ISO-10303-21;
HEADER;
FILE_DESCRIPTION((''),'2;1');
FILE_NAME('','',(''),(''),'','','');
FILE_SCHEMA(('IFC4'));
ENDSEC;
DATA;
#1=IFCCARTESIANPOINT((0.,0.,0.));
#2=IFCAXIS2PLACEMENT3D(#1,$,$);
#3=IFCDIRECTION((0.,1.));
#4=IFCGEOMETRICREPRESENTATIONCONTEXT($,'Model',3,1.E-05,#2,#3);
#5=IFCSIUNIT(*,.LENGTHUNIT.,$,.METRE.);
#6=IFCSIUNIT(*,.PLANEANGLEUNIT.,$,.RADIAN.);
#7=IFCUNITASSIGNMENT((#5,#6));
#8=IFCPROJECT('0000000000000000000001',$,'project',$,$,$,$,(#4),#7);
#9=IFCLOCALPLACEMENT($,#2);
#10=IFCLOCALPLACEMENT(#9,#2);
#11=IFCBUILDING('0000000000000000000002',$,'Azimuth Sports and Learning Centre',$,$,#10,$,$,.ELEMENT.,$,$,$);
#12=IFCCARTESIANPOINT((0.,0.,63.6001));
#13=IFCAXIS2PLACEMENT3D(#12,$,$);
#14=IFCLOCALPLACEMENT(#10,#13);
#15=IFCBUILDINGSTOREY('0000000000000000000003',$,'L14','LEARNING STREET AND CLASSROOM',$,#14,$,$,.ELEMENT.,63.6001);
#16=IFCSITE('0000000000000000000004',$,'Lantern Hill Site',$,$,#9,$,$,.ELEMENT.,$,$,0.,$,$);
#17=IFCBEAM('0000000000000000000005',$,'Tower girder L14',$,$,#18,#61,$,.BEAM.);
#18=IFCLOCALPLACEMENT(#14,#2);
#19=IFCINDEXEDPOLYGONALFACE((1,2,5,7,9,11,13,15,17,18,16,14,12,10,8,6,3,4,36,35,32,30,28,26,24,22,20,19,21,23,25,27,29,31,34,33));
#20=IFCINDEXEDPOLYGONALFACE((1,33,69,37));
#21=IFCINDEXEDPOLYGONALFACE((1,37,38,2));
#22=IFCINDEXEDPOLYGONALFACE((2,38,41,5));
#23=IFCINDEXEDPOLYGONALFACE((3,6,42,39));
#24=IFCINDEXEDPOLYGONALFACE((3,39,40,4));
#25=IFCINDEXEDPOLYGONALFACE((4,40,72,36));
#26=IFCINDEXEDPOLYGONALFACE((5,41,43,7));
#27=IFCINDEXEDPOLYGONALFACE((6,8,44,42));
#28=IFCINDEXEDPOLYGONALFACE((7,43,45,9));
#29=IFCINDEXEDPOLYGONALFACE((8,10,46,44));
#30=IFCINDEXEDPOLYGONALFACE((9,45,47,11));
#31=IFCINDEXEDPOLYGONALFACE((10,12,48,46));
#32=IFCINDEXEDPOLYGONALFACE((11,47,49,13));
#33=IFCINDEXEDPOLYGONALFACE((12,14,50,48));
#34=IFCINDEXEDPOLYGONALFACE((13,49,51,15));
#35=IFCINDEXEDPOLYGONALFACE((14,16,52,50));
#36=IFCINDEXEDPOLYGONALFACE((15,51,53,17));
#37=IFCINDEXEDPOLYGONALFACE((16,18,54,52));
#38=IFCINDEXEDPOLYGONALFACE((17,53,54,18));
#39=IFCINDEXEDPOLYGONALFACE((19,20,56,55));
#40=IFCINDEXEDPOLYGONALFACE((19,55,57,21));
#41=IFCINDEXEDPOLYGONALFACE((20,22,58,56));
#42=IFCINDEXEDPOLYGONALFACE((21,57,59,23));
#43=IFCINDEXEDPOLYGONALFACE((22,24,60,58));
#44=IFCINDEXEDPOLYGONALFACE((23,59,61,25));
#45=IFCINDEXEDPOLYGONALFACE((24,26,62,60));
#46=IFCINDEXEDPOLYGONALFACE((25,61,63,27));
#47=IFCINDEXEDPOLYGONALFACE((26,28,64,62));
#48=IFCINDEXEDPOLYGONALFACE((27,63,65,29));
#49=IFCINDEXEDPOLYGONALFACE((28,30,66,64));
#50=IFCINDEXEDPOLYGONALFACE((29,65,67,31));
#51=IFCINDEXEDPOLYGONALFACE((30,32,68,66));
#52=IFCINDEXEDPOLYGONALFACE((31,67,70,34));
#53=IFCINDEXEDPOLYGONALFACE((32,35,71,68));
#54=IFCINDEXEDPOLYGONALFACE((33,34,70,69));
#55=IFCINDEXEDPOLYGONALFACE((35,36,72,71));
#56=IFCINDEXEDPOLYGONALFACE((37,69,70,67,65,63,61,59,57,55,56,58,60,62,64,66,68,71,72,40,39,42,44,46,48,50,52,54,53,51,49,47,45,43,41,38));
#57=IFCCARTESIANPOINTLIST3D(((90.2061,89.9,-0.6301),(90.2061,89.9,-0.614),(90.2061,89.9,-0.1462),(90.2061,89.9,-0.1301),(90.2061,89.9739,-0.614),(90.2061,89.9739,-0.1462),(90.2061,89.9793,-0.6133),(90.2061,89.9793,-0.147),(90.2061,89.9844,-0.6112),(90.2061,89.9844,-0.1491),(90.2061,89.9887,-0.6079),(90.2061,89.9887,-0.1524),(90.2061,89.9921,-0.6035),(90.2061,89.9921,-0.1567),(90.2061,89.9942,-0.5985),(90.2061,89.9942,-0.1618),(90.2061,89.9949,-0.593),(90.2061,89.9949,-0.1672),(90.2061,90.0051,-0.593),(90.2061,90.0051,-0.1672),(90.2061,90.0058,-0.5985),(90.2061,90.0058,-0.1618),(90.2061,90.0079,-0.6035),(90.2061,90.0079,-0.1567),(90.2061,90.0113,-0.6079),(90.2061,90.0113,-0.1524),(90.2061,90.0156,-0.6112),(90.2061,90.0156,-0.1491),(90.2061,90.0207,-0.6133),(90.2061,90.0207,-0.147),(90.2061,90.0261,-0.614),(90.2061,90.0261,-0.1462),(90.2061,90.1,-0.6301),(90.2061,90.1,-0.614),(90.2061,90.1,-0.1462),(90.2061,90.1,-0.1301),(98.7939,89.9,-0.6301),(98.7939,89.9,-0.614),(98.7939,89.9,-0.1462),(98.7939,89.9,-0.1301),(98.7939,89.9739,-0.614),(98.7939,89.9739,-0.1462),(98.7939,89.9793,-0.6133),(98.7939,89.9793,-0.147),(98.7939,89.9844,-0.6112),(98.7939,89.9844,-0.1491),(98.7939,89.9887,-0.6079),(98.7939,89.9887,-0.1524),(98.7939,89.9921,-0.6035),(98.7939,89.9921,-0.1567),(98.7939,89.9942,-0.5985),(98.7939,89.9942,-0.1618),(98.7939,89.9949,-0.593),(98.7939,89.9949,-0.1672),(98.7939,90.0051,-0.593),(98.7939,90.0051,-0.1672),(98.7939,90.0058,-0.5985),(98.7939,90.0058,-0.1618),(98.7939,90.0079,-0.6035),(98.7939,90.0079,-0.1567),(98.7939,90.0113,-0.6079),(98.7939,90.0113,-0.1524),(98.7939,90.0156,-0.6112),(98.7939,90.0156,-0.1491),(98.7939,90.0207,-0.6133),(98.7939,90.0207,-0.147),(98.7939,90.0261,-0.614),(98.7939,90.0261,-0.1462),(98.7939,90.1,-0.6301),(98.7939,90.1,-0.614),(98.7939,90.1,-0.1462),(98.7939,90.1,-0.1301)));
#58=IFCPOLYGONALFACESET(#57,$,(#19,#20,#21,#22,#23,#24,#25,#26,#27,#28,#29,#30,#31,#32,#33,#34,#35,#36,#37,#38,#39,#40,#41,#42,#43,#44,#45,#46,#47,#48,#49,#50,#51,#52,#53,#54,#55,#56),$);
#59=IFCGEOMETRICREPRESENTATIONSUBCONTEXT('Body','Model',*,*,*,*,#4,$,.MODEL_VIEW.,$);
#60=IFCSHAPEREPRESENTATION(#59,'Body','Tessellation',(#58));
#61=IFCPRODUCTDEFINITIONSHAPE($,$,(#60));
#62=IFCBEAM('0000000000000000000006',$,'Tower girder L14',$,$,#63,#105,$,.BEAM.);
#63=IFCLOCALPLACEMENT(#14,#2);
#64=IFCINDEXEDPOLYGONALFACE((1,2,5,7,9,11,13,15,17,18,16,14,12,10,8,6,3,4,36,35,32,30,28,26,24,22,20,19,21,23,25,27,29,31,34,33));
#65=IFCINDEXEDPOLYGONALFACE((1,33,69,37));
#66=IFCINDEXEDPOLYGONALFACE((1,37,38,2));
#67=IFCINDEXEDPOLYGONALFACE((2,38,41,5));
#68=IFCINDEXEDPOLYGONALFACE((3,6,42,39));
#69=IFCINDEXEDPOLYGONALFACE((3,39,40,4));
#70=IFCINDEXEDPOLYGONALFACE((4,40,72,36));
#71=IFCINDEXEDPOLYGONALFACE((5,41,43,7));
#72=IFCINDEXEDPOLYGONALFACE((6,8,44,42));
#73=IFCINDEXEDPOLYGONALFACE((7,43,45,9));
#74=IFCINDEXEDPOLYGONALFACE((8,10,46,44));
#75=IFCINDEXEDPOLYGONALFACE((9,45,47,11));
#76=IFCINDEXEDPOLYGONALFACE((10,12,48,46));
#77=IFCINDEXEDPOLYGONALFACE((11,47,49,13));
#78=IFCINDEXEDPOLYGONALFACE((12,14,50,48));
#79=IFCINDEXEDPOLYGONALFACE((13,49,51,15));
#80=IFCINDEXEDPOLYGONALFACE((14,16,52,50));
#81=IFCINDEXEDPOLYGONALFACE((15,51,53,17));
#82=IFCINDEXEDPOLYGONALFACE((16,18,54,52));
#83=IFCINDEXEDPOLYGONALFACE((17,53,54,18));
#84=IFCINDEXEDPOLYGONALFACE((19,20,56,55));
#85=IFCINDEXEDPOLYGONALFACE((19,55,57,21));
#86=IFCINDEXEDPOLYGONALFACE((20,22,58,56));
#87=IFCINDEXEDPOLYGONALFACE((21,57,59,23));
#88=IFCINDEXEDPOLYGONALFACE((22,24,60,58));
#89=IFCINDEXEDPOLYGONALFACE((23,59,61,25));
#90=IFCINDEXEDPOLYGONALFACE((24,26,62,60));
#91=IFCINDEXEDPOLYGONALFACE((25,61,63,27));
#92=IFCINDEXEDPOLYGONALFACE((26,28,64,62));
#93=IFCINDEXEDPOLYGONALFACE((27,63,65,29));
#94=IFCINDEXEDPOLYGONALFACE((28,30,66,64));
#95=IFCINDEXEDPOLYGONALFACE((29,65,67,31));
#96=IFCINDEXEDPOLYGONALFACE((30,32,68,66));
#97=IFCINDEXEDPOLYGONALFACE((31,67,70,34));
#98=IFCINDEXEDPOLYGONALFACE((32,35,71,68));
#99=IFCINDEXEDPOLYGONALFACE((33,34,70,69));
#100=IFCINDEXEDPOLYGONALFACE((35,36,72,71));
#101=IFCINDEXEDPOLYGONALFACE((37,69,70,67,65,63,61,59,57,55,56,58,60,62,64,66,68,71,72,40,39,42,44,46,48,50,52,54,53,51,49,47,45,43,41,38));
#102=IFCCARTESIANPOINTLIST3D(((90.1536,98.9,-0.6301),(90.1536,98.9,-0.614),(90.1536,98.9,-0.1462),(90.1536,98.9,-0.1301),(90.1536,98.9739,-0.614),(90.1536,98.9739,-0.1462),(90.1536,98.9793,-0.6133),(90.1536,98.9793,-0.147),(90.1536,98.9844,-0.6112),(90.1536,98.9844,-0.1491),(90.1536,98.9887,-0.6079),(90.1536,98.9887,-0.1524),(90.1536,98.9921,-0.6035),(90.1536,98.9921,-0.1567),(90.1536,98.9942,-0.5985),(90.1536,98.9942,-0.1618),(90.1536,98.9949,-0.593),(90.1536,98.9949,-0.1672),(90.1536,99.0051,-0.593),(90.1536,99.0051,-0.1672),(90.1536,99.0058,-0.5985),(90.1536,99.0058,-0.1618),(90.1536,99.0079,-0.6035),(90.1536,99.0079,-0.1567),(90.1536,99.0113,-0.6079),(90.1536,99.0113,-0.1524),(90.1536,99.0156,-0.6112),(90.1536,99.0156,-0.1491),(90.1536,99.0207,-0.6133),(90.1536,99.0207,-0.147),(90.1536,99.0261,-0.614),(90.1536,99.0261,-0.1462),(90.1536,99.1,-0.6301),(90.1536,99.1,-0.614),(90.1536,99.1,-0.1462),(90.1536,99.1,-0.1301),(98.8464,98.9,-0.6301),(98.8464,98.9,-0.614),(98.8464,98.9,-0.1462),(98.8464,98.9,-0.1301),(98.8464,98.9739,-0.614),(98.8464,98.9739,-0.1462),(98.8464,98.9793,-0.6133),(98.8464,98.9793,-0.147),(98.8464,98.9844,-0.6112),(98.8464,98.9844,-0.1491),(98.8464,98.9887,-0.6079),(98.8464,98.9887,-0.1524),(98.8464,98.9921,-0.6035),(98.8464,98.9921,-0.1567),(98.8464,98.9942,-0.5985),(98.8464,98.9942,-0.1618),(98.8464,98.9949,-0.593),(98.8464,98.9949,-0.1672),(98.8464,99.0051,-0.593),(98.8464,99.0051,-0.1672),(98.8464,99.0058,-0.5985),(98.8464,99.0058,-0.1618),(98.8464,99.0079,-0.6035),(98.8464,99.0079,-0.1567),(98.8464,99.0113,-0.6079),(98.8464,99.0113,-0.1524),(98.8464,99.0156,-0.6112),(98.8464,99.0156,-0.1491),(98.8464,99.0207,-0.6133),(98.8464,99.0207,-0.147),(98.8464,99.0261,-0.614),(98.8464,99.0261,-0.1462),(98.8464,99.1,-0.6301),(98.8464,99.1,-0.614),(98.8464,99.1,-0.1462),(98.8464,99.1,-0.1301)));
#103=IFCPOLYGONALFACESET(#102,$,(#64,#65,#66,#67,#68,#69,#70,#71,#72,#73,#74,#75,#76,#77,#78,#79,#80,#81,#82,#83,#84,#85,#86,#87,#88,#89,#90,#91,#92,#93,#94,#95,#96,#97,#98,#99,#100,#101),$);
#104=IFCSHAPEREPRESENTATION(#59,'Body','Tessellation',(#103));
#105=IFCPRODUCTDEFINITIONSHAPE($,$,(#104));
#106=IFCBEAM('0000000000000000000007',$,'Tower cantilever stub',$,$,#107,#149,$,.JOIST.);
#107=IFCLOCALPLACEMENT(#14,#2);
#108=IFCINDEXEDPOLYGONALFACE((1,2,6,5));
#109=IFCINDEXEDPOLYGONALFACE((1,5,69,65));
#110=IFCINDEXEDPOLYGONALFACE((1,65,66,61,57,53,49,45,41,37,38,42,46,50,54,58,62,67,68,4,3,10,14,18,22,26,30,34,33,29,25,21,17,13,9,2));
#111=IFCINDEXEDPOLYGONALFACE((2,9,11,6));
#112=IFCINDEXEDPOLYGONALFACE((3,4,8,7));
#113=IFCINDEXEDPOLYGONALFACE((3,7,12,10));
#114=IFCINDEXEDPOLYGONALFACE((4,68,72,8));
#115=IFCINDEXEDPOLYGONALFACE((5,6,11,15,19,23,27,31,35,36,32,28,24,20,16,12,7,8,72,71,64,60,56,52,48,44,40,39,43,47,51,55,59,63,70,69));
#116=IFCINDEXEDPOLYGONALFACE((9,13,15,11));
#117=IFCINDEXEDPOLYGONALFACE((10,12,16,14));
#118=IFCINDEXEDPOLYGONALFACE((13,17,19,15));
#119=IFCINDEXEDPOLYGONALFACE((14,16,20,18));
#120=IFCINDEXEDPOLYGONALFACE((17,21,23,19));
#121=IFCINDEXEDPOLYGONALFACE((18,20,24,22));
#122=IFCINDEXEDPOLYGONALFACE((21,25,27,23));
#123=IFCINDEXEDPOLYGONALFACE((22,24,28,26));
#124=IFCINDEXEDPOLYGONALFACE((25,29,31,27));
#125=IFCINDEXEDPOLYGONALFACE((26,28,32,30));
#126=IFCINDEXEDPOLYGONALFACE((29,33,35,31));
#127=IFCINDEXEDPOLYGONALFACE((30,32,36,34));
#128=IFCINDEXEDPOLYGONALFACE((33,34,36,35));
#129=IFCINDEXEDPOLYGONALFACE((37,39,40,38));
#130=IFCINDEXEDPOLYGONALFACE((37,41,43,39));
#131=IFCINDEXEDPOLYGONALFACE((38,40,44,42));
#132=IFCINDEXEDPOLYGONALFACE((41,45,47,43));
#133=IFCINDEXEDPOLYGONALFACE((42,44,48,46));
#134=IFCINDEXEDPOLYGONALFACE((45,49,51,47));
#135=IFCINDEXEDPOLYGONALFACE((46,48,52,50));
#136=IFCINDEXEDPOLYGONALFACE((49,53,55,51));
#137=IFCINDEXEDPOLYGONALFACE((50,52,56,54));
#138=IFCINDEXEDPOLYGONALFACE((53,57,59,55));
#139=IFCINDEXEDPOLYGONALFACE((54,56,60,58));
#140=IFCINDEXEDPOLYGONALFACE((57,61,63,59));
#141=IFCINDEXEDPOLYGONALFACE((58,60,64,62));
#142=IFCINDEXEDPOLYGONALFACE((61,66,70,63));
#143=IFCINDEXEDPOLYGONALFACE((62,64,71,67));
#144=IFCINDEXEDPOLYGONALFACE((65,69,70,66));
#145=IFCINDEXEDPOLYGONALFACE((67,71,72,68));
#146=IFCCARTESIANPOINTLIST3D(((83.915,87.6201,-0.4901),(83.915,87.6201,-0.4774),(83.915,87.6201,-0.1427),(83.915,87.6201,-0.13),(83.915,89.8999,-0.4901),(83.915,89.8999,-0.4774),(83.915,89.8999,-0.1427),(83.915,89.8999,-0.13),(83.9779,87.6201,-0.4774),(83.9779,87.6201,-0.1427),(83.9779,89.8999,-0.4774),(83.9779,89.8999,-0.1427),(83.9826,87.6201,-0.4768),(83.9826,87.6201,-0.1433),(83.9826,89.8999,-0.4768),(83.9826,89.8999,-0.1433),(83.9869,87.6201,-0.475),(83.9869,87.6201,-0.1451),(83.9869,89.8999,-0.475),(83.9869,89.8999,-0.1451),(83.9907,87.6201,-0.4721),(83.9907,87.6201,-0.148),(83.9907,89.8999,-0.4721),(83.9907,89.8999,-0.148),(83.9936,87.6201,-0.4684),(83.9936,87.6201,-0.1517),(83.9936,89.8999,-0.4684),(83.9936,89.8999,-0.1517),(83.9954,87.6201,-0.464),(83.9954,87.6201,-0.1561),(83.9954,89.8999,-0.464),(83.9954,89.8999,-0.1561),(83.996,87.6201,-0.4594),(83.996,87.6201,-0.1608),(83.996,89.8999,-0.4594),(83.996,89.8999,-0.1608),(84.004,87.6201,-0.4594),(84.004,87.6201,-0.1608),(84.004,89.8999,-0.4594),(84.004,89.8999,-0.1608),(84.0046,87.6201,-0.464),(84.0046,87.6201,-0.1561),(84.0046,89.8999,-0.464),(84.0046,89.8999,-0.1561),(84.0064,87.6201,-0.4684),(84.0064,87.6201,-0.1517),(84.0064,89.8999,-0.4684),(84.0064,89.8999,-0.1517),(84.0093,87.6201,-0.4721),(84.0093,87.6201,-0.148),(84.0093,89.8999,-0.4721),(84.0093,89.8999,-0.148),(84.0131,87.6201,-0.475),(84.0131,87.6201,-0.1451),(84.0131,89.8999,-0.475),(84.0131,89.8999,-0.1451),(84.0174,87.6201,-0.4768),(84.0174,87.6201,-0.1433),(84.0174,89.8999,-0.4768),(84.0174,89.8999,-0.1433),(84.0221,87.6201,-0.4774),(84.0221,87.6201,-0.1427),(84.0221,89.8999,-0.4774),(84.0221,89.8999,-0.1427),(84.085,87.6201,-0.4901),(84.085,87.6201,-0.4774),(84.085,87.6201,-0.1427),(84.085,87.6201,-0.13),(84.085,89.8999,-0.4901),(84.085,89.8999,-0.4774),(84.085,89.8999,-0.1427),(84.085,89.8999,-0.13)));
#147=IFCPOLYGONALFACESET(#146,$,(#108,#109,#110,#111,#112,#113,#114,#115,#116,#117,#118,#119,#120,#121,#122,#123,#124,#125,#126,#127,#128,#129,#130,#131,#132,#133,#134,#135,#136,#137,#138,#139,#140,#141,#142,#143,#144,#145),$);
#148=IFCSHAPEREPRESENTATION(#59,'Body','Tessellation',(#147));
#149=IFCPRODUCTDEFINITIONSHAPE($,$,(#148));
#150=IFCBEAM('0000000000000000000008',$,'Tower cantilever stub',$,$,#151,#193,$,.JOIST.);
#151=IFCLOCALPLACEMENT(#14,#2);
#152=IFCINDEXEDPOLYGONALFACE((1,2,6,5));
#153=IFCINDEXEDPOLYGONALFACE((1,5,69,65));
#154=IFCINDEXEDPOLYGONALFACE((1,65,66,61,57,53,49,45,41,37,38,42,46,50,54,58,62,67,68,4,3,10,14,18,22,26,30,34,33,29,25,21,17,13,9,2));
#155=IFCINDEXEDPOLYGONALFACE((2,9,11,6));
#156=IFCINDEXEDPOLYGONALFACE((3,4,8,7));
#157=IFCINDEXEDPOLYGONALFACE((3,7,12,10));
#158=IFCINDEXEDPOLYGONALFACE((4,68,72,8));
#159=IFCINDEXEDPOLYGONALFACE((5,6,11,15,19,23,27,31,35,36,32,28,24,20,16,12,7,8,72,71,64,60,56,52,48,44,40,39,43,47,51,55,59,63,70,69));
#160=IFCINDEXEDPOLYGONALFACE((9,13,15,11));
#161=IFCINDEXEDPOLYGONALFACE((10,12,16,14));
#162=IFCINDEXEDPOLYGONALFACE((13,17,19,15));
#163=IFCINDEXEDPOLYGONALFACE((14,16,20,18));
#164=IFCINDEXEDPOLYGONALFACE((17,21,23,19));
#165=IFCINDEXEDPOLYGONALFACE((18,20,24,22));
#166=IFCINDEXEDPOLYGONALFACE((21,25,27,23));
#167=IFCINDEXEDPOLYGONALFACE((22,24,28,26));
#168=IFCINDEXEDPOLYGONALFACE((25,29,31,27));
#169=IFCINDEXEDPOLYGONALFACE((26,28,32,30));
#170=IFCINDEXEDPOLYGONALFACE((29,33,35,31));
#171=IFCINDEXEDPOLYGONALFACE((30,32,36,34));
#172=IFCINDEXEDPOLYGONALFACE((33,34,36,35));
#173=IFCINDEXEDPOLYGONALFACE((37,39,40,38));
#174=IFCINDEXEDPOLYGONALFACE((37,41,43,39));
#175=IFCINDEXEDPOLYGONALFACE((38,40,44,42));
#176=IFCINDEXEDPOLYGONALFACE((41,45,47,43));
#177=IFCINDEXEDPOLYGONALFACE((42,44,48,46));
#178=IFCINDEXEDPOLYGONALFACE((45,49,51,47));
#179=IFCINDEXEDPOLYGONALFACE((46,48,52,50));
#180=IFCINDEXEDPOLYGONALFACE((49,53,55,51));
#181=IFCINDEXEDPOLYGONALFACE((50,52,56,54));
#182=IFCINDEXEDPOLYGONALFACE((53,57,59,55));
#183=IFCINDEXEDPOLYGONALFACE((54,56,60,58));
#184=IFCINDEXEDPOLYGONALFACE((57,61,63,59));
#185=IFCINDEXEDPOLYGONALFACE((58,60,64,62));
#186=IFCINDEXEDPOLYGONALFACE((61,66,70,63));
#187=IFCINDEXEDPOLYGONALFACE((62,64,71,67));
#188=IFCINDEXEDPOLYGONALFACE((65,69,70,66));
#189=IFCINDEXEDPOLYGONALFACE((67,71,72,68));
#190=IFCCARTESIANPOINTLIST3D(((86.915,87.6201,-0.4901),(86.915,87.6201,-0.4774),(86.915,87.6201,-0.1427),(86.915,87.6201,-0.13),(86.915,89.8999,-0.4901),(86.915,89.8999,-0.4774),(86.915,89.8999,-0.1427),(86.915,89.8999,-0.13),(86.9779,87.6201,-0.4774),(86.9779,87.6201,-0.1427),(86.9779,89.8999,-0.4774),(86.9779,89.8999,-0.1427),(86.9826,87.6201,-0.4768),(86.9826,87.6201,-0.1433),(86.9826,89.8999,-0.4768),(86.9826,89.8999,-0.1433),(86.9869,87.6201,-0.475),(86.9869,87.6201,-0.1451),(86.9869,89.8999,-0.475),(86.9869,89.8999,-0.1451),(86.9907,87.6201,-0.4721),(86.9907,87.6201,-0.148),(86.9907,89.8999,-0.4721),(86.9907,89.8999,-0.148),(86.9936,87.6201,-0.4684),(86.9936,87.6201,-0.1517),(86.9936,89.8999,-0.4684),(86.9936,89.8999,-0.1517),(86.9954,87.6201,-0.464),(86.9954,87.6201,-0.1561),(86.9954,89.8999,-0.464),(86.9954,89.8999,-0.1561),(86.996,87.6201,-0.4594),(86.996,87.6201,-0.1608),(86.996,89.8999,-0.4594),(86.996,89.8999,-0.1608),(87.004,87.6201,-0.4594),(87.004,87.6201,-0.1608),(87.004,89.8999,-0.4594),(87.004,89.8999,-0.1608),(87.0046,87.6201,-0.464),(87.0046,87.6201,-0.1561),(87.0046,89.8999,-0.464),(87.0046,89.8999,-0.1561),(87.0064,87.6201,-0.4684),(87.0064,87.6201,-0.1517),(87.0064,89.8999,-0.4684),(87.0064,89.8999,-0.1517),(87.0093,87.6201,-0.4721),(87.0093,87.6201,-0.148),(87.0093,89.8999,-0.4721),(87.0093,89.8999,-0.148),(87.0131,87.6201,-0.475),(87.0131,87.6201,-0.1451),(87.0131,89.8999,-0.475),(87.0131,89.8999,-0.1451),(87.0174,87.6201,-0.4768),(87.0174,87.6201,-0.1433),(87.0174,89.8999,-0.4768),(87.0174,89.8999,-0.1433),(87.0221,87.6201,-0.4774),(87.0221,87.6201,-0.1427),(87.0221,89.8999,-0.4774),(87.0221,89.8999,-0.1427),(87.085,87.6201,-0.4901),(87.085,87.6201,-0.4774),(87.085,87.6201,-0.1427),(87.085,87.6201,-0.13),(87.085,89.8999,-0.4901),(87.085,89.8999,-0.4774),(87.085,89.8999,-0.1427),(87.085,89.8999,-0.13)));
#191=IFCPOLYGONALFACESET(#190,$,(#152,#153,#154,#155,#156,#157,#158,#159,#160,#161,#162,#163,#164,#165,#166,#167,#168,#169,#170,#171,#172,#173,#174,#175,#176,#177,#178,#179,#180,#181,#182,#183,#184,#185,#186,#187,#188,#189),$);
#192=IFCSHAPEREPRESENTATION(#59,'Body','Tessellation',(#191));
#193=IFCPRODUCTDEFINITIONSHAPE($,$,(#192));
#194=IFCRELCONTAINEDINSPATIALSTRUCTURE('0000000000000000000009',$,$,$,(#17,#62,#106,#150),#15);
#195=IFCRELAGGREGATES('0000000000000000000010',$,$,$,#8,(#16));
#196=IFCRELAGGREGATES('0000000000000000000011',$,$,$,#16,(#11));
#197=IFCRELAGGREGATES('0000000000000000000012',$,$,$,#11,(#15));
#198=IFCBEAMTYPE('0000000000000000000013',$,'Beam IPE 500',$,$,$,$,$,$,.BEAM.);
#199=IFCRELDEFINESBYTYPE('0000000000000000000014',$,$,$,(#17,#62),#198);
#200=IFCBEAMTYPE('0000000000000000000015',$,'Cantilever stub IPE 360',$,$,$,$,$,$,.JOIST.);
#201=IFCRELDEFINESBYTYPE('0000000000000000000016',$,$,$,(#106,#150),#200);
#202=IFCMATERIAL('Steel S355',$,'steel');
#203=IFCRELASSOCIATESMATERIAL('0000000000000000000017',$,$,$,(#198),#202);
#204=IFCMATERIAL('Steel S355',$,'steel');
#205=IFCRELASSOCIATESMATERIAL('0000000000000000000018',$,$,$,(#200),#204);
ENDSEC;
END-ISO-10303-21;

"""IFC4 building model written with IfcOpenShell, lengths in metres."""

from ifc_helpers import new_model, si_unit, direction, frame, origin, origin_2d, place, context, subcontext, project, spatial, i_section, extrude, material, material_profile, profile_set, type_object, element, save


model = new_model("IFC4")

# Units and contexts
model_context = context("Model", 3, precision=1e-05, world=origin(), true_north=direction((0.0, 1.0)))
body_context = subcontext(model_context, "Body", "Model", "MODEL_VIEW")
ifc_project = project(units=[si_unit("LENGTHUNIT", "METRE"), si_unit("PLANEANGLEUNIT", "RADIAN")], contexts=[model_context])

# Site, building, storey
site_placement = place(None, origin())
site = spatial("IfcSite", under=ifc_project, at=site_placement, Name="Lantern Hill Site", CompositionType="ELEMENT", RefElevation=0.0)
building_placement = place(site_placement, origin())
building = spatial("IfcBuilding", under=site, at=building_placement, Name="Azimuth Sports and Learning Centre", CompositionType="ELEMENT")
storey_placement = place(building_placement, frame((0.0, 0.0, 63.6001)))
storey = spatial("IfcBuildingStorey", under=building, at=storey_placement, Name="L14", Description="LEARNING STREET AND CLASSROOM", CompositionType="ELEMENT", Elevation=63.6001)

# Beams
ifc_material_1 = material(Name="Steel S355", Category="steel")
ifc_material_profile_1 = material_profile(ifc_material_1, i_section(OverallWidth=0.2, OverallDepth=0.5, WebThickness=0.0103, FlangeThickness=0.0161, FilletRadius=0.021, at=origin_2d()), Name="IPE 500")
ifc_profile_set_1 = profile_set([ifc_material_profile_1], Name="Steel S355")
beam_type_1 = type_object("IfcBeamType", Name="Beam IPE 500", PredefinedType="BEAM", material=ifc_profile_set_1)
beam_1_placement = place(storey_placement, frame((90.2061, 90.0, -0.3801), z_axis=(1.0, 0.0, 0.0), x_axis=(0.0, 1.0, 0.0)))
element("IfcBeam", 1, at=beam_1_placement, inside=storey, type_object=beam_type_1, Name="Tower girder L14", PredefinedType="BEAM", context=body_context, shape_type="SweptSolid", body=[
    extrude(i_section(OverallWidth=0.2, OverallDepth=0.5, WebThickness=0.0103, FlangeThickness=0.0161, FilletRadius=0.021, at=origin_2d()), origin(), (0.0, 0.0, 1.0), 8.5879),
])
beam_2_placement = place(storey_placement, frame((90.1536, 99.0, -0.3801), z_axis=(1.0, 0.0, 0.0), x_axis=(0.0, 1.0, 0.0)))
element("IfcBeam", 2, at=beam_2_placement, inside=storey, type_object=beam_type_1, Name="Tower girder L14", PredefinedType="BEAM", context=body_context, shape_type="SweptSolid", body=[
    extrude(i_section(OverallWidth=0.2, OverallDepth=0.5, WebThickness=0.0103, FlangeThickness=0.0161, FilletRadius=0.021, at=origin_2d()), origin(), (0.0, 0.0, 1.0), 8.6929),
])
ifc_material_2 = material(Name="Steel S355", Category="steel")
ifc_material_profile_2 = material_profile(ifc_material_2, i_section(OverallWidth=0.1699, OverallDepth=0.3601, WebThickness=0.0081, FlangeThickness=0.0127, FilletRadius=0.0181, at=origin_2d()), Name="IPE 360")
ifc_profile_set_2 = profile_set([ifc_material_profile_2], Name="Steel S355")
beam_type_2 = type_object("IfcBeamType", Name="Cantilever stub IPE 360", PredefinedType="JOIST", material=ifc_profile_set_2)
for number, where, z_axis, x_axis, name in (
    (3, (84.0, 89.8999, -0.3101), (0.0, -1.0, 0.0), (1.0, 0.0, 0.0), "Tower cantilever stub"),
    (4, (87.0, 89.8999, -0.3101), (0.0, -1.0, 0.0), (1.0, 0.0, 0.0), "Tower cantilever stub"),
):
    element("IfcBeam", number, at=place(storey_placement, frame(where, z_axis=z_axis, x_axis=x_axis)), inside=storey, type_object=beam_type_2, Name=name, PredefinedType="JOIST", context=body_context, shape_type="SweptSolid", body=[
        extrude(i_section(OverallWidth=0.1699, OverallDepth=0.3601, WebThickness=0.0081, FlangeThickness=0.0127, FilletRadius=0.0181, at=origin_2d()), origin(), (0.0, 0.0, 1.0), 2.2798),
    ])

save(model, "model.ifc")
